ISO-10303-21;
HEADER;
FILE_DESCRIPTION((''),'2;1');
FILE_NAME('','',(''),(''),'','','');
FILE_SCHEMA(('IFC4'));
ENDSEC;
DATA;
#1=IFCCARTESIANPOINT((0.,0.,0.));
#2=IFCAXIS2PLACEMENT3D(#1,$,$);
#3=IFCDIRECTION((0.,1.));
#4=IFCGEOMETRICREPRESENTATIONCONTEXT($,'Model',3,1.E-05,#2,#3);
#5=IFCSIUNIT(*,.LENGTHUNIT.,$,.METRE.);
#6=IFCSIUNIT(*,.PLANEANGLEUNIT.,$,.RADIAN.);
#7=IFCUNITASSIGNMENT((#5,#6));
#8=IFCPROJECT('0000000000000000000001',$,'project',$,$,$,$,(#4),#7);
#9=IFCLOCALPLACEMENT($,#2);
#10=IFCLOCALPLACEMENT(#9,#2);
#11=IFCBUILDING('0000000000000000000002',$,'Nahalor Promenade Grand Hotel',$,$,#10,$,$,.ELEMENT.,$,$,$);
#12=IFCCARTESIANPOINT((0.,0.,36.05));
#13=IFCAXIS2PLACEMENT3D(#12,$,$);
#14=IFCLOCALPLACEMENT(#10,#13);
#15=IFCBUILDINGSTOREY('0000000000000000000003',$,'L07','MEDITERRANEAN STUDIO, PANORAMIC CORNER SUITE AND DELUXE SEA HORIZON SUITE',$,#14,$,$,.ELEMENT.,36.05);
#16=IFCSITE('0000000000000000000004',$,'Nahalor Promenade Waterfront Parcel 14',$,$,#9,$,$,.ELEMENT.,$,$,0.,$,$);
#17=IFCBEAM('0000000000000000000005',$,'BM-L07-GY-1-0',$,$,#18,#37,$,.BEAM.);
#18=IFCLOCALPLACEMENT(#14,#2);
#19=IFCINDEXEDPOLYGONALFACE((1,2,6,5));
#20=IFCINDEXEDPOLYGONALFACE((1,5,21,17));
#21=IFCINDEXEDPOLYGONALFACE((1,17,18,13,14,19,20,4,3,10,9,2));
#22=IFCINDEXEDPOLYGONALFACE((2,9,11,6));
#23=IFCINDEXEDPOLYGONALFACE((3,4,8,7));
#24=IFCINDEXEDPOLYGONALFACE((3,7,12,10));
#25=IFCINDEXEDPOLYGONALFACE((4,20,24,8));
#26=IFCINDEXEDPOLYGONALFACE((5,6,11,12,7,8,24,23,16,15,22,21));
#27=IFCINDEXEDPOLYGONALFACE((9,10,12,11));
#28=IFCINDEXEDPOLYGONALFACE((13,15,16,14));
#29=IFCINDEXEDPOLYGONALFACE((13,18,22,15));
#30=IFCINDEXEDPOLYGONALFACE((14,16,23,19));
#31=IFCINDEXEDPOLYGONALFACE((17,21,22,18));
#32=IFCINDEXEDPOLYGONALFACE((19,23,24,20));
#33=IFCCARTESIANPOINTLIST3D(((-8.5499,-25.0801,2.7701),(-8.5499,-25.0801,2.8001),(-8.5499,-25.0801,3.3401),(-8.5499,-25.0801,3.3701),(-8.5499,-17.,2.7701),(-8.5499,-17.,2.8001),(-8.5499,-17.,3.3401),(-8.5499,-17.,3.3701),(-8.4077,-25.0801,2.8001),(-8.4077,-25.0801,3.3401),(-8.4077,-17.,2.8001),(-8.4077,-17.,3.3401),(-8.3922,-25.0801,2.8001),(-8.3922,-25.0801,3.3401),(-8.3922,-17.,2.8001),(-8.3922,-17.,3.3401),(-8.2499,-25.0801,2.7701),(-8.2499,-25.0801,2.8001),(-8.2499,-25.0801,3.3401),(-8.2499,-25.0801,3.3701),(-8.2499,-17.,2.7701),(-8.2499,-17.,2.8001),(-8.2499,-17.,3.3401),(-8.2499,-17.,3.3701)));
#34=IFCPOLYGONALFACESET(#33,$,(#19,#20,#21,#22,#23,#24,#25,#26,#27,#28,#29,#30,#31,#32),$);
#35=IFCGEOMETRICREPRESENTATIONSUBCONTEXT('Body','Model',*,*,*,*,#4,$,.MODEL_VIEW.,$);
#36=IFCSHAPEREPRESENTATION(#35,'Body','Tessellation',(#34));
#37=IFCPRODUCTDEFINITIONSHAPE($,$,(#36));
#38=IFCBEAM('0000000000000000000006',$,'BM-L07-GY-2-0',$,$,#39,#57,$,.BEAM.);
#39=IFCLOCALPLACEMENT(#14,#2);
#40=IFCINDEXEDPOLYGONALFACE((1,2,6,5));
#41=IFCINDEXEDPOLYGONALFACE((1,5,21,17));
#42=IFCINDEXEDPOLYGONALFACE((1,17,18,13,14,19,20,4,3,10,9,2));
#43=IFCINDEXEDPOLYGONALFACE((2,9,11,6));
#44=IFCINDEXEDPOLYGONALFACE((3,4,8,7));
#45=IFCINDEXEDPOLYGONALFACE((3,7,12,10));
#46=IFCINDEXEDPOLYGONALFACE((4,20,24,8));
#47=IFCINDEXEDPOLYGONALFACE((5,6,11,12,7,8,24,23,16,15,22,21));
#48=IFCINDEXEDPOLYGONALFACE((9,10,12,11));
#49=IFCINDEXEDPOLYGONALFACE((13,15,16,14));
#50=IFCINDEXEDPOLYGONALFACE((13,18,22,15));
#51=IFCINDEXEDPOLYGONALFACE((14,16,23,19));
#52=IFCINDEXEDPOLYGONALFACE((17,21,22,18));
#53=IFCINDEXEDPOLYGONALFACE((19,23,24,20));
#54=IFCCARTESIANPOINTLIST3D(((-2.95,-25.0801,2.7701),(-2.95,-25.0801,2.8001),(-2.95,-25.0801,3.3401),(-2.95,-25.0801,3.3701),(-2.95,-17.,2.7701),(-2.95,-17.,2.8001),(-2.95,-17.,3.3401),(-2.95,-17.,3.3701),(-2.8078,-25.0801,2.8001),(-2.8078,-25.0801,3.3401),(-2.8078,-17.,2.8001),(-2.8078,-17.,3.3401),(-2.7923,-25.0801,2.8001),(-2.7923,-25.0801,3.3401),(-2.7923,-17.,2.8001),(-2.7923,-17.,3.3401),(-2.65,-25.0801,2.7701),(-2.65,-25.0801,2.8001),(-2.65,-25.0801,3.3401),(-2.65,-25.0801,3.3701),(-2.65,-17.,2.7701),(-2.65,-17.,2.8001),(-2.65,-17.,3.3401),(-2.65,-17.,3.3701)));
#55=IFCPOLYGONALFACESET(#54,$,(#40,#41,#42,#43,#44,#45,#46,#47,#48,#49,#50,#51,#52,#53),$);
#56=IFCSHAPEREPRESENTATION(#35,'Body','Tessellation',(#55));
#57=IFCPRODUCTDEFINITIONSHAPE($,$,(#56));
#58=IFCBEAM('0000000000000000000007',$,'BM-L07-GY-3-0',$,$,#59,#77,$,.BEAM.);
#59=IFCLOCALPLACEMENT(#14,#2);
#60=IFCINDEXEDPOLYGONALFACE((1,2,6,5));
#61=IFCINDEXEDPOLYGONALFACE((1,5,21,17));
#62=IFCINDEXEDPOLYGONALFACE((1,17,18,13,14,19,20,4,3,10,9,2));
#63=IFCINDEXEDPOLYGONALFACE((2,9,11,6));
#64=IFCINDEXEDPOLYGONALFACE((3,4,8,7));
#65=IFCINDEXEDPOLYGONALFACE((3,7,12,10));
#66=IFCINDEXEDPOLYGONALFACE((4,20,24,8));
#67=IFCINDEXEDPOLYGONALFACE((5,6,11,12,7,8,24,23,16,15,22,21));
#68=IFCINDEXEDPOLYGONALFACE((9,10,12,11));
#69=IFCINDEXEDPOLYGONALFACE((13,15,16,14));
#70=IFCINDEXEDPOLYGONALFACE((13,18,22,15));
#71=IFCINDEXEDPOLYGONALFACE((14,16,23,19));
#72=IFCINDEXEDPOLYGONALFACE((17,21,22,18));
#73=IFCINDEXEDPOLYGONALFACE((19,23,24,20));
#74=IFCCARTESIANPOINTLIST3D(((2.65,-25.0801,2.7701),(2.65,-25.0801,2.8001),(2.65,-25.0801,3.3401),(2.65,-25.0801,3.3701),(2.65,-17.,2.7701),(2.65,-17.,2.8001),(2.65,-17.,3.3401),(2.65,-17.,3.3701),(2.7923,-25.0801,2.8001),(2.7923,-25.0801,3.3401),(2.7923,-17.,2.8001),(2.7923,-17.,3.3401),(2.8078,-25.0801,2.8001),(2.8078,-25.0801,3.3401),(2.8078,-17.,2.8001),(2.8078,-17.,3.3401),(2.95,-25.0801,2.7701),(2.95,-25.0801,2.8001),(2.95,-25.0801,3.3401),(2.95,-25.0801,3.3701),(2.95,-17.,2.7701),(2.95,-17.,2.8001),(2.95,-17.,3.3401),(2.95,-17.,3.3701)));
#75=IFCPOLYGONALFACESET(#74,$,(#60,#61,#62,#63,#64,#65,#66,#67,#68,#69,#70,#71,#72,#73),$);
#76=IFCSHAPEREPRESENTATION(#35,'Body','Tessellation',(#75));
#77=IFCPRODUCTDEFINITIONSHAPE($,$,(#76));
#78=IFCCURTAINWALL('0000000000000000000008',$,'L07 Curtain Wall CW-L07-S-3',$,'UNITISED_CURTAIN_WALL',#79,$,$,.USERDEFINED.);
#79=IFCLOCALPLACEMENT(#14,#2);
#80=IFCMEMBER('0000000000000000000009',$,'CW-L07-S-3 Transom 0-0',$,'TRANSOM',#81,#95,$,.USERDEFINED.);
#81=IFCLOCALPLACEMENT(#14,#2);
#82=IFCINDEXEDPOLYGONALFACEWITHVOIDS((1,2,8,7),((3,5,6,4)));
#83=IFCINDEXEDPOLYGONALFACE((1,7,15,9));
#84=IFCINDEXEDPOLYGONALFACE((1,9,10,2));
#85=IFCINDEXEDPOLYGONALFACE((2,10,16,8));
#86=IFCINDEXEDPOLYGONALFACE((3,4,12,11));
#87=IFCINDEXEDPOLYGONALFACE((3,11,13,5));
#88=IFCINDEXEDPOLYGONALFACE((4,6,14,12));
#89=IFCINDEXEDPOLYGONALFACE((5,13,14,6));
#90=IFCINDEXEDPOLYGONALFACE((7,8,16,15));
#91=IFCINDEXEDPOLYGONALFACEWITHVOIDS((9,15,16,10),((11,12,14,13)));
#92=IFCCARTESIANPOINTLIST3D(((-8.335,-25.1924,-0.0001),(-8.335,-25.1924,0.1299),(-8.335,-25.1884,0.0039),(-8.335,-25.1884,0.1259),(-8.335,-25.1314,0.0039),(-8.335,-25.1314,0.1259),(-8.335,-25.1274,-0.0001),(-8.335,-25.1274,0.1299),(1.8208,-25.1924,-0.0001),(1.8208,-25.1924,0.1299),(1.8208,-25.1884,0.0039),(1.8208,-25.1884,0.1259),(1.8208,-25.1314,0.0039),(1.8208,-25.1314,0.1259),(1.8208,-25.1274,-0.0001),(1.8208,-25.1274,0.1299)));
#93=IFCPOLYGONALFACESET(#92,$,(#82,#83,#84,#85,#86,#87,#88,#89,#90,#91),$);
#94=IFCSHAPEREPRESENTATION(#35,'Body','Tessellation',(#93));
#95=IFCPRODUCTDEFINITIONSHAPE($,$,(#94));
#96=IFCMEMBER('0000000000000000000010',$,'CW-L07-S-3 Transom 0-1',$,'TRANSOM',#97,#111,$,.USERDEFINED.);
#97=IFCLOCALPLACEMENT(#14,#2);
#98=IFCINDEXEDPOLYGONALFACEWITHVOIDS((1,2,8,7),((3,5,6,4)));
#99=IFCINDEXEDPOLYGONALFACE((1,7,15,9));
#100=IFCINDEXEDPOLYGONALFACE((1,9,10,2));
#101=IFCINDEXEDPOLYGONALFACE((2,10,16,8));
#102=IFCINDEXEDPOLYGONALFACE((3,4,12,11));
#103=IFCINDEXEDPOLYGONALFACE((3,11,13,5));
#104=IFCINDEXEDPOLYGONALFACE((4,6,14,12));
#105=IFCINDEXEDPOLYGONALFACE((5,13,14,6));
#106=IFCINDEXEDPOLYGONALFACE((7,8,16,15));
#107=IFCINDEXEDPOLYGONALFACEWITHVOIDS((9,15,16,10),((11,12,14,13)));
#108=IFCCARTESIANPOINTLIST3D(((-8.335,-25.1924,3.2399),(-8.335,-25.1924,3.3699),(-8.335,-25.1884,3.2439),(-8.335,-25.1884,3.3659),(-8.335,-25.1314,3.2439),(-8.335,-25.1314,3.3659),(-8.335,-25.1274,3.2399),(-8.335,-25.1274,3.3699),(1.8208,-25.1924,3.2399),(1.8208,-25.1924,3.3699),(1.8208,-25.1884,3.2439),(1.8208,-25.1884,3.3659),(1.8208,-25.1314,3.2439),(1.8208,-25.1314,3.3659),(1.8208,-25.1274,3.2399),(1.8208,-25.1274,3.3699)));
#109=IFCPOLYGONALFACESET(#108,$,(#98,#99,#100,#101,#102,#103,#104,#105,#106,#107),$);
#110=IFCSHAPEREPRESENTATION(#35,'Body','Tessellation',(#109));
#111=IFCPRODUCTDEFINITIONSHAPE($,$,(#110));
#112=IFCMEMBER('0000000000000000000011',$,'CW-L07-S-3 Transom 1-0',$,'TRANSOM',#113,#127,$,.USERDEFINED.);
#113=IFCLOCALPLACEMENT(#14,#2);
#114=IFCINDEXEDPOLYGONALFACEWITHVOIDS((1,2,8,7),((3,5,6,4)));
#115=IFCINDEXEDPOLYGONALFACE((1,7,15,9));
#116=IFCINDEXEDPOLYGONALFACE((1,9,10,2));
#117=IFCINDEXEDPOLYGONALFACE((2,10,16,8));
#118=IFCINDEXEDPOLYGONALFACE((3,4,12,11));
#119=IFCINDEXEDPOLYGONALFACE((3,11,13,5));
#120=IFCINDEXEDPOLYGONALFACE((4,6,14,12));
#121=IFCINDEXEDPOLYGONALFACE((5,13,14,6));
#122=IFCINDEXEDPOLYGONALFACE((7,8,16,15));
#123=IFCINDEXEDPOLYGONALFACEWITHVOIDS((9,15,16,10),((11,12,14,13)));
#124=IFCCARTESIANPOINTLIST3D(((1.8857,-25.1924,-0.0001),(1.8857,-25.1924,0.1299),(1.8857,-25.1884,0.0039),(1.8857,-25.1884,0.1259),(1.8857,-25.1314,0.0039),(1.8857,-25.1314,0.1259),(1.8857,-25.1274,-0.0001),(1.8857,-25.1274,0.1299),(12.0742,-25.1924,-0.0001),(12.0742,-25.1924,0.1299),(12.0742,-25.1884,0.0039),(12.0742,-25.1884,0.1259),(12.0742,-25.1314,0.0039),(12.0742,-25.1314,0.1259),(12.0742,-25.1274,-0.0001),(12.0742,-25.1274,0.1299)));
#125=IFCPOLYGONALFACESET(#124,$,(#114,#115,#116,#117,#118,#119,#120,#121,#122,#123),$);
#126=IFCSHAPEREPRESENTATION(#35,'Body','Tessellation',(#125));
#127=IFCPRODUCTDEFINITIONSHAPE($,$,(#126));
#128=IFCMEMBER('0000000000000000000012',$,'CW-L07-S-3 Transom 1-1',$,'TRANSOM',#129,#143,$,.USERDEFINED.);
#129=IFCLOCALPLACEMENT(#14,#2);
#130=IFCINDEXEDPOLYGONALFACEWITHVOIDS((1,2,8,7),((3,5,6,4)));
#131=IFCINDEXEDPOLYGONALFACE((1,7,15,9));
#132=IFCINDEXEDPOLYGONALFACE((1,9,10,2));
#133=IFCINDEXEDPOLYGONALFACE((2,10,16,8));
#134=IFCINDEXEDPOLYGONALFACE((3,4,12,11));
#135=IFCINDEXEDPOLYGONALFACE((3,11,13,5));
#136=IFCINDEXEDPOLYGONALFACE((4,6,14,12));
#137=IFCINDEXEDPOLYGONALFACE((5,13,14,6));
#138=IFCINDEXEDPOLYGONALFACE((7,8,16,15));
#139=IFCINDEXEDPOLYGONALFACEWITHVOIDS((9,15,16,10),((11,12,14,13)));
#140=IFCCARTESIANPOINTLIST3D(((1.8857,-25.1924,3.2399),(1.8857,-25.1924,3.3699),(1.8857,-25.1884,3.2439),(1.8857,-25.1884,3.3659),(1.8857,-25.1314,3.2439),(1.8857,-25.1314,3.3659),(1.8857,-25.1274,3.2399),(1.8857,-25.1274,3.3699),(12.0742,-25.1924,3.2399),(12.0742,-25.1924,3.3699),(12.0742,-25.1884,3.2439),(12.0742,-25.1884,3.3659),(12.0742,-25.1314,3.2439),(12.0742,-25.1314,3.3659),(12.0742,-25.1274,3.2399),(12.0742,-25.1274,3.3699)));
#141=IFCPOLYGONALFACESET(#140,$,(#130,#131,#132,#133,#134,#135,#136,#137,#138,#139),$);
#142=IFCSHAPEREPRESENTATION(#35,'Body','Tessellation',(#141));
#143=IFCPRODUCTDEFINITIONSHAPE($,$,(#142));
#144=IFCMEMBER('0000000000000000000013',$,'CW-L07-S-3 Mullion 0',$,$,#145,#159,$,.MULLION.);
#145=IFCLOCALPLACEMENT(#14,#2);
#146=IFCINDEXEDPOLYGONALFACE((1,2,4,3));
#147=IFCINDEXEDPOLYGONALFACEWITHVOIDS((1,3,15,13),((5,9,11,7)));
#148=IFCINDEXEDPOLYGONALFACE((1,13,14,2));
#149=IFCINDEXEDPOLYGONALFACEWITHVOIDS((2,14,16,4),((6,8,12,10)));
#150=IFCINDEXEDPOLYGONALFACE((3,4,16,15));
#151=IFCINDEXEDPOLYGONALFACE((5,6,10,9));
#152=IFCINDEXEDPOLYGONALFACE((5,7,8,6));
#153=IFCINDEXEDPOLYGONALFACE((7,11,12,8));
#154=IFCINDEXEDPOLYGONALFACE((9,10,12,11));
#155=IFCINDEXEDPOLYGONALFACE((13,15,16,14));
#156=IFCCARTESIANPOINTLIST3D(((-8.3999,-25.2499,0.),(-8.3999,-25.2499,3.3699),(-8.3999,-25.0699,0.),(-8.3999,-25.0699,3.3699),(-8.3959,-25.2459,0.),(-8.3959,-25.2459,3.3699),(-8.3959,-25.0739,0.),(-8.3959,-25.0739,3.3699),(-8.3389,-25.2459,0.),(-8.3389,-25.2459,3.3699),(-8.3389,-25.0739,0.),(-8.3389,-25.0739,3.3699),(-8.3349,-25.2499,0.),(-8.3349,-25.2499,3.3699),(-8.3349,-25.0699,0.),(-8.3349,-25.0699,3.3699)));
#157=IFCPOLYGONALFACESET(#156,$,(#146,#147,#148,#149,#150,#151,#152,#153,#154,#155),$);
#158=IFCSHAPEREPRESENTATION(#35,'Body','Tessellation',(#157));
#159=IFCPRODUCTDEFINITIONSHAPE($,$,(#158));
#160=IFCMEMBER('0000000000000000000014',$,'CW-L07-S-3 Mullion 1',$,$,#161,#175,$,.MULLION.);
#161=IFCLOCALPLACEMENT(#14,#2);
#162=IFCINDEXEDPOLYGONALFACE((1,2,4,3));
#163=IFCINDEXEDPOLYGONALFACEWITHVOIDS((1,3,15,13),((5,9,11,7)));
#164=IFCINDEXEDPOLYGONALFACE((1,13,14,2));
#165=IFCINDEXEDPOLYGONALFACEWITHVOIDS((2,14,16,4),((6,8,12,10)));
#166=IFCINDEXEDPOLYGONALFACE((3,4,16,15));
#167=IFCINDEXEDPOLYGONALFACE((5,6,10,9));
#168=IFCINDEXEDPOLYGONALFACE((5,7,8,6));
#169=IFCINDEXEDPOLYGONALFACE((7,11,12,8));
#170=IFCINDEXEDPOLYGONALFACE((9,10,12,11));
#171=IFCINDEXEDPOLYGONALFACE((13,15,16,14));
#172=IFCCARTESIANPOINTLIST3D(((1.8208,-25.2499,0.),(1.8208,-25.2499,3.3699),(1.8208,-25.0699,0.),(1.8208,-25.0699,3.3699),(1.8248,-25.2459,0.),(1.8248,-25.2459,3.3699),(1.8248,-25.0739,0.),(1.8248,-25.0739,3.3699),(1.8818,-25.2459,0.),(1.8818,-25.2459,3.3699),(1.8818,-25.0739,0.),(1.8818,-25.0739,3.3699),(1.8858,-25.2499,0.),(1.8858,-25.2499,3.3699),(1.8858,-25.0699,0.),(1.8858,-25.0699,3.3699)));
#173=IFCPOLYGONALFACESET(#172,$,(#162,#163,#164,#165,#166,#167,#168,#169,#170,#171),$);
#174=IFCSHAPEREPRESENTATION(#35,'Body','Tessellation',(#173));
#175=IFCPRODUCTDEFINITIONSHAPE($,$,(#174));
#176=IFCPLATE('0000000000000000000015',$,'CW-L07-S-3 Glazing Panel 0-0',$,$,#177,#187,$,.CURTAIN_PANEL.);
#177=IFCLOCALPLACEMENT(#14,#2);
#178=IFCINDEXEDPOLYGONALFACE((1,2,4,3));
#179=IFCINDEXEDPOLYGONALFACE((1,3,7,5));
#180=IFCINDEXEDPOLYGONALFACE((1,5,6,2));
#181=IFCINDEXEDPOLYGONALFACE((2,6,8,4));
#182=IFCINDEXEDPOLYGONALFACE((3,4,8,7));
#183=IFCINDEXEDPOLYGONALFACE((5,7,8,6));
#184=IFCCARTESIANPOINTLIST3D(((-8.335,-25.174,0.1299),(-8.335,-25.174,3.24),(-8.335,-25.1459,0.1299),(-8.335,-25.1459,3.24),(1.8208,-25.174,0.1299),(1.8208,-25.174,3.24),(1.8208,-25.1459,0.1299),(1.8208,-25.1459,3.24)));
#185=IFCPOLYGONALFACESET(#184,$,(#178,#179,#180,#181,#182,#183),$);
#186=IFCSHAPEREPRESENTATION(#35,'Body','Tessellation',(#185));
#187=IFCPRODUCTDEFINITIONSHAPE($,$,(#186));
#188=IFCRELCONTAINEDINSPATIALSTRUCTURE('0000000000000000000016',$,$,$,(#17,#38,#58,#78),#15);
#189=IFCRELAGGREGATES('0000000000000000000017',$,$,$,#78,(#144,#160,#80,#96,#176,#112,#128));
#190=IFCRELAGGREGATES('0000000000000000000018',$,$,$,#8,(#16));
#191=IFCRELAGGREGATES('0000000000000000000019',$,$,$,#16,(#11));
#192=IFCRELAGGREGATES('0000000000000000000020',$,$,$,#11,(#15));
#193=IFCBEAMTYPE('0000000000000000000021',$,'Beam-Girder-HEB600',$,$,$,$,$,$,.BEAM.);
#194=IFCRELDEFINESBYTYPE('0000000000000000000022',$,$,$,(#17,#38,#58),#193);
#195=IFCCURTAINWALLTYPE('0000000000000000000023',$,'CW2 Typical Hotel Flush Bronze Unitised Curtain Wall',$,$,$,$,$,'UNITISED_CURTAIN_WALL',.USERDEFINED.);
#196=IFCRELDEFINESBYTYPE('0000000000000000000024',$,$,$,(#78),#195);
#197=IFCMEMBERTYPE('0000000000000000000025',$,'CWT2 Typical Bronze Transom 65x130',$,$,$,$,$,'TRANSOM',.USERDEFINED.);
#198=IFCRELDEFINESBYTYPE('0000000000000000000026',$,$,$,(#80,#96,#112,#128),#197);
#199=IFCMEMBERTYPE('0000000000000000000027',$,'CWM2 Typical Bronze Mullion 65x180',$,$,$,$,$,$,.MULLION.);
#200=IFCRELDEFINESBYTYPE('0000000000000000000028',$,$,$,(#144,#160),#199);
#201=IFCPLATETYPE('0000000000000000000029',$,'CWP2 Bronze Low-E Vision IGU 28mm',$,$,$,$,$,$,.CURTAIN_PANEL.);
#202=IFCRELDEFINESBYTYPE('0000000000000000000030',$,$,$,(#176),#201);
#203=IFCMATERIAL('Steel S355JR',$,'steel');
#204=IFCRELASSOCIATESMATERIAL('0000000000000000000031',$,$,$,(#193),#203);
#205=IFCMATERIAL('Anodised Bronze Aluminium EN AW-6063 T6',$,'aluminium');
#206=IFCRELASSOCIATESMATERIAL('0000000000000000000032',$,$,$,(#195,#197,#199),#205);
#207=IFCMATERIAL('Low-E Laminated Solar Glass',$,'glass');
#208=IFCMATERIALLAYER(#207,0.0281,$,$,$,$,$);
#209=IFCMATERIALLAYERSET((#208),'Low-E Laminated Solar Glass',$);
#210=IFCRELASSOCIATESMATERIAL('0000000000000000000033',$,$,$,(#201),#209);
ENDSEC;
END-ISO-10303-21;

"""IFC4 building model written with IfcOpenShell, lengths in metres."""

from ifc_helpers import new_model, si_unit, direction, frame, origin, origin_2d, place, context, subcontext, project, spatial, rectangle, hollow_rectangle, i_section, extrude, source, transform, mapped, material, layer, layer_set, material_profile, profile_set, type_object, element, aggregate, save


model = new_model("IFC4")

# Units and contexts
model_context = context("Model", 3, precision=1e-05, world=origin(), true_north=direction((0.0, 1.0)))
body_context = subcontext(model_context, "Body", "Model", "MODEL_VIEW")
ifc_project = project(units=[si_unit("LENGTHUNIT", "METRE"), si_unit("PLANEANGLEUNIT", "RADIAN")], contexts=[model_context])

# Site, building, storey
site_placement = place(None, origin())
site = spatial("IfcSite", under=ifc_project, at=site_placement, Name="Nahalor Promenade Waterfront Parcel 14", CompositionType="ELEMENT", RefElevation=0.0)
building_placement = place(site_placement, origin())
building = spatial("IfcBuilding", under=site, at=building_placement, Name="Nahalor Promenade Grand Hotel", CompositionType="ELEMENT")
storey_placement = place(building_placement, frame((0.0, 0.0, 36.05)))
storey = spatial("IfcBuildingStorey", under=building, at=storey_placement, Name="L07", Description="MEDITERRANEAN STUDIO, PANORAMIC CORNER SUITE AND DELUXE SEA HORIZON SUITE", CompositionType="ELEMENT", Elevation=36.05)

# Beams
ifc_material_1 = material(Name="Steel S355JR", Category="steel")
ifc_material_profile_1 = material_profile(ifc_material_1, i_section(OverallWidth=0.3, OverallDepth=0.6, WebThickness=0.0155, FlangeThickness=0.03, at=origin_2d()), Name="HEB 600")
ifc_profile_set_1 = profile_set([ifc_material_profile_1], Name="Steel S355JR")
beam_type_1 = type_object("IfcBeamType", Name="Beam-Girder-HEB600", PredefinedType="BEAM", material=ifc_profile_set_1)
shared_shape_1 = source(origin(), body_context, "Body", "SweptSolid", [
    extrude(i_section(OverallWidth=0.3, OverallDepth=0.6, WebThickness=0.0155, FlangeThickness=0.03, at=origin_2d()), origin(), (0.0, 0.0, 1.0), 8.0801),
])
for number, where, z_axis, x_axis, name in (
    (1, (-8.3999, -25.0801, 3.0701), (0.0, 1.0, 0.0), (-1.0, 0.0, 0.0), "BM-L07-GY-1-0"),
    (2, (-2.8, -25.0801, 3.0701), (0.0, 1.0, 0.0), (-1.0, 0.0, 0.0), "BM-L07-GY-2-0"),
    (3, (2.8, -25.0801, 3.0701), (0.0, 1.0, 0.0), (-1.0, 0.0, 0.0), "BM-L07-GY-3-0"),
):
    element("IfcBeam", number, at=place(storey_placement, frame(where, z_axis=z_axis, x_axis=x_axis)), inside=storey, type_object=beam_type_1, Name=name, PredefinedType="BEAM", context=body_context, shape_type="MappedRepresentation", body=[
        mapped(shared_shape_1, transform((0.0, 0.0, 0.0), scale=1.0)),
    ])

# Curtain wall, members, plate
ifc_material_2 = material(Name="Anodised Bronze Aluminium EN AW-6063 T6", Category="aluminium")
curtain_wall_type = type_object("IfcCurtainWallType", Name="CW2 Typical Hotel Flush Bronze Unitised Curtain Wall", ElementType="UNITISED_CURTAIN_WALL", PredefinedType="USERDEFINED", material=ifc_material_2)
curtain_wall_placement = place(storey_placement, origin())
curtain_wall = element("IfcCurtainWall", 4, at=curtain_wall_placement, inside=storey, type_object=curtain_wall_type, Name="L07 Curtain Wall CW-L07-S-3", ObjectType="UNITISED_CURTAIN_WALL", PredefinedType="USERDEFINED")
ifc_material_profile_2 = material_profile(ifc_material_2, hollow_rectangle(XDim=0.065, YDim=0.13, WallThickness=0.004, at=origin_2d()), Name="CWT 65x130x4")
ifc_profile_set_2 = profile_set([ifc_material_profile_2], Name="Anodised Bronze Aluminium EN AW-6063 T6")
member_type_1 = type_object("IfcMemberType", Name="CWT2 Typical Bronze Transom 65x130", ElementType="TRANSOM", PredefinedType="USERDEFINED", material=ifc_profile_set_2)
shared_shape_2 = source(origin(), body_context, "Body", "SweptSolid", [
    extrude(hollow_rectangle(XDim=0.065, YDim=0.13, WallThickness=0.004, at=origin_2d()), origin(), (0.0, 0.0, 1.0), 10.1558),
])
member_1_placement = place(storey_placement, frame((-8.335, -25.1599, 0.0649), z_axis=(1.0, 0.0, 0.0), x_axis=(0.0, 1.0, 0.0)))
member_1 = element("IfcMember", 5, at=member_1_placement, type_object=member_type_1, Name="CW-L07-S-3 Transom 0-0", ObjectType="TRANSOM", PredefinedType="USERDEFINED", context=body_context, shape_type="MappedRepresentation", body=[
    mapped(shared_shape_2, transform((0.0, 0.0, 0.0), scale=1.0)),
])
member_2_placement = place(storey_placement, frame((-8.335, -25.1599, 3.3049), z_axis=(1.0, 0.0, 0.0), x_axis=(0.0, 1.0, 0.0)))
member_2 = element("IfcMember", 6, at=member_2_placement, type_object=member_type_1, Name="CW-L07-S-3 Transom 0-1", ObjectType="TRANSOM", PredefinedType="USERDEFINED", context=body_context, shape_type="MappedRepresentation", body=[
    mapped(shared_shape_2, transform((0.0, 0.0, 0.0), scale=1.0)),
])
shared_shape_3 = source(origin(), body_context, "Body", "SweptSolid", [
    extrude(hollow_rectangle(XDim=0.065, YDim=0.13, WallThickness=0.004, at=origin_2d()), origin(), (0.0, 0.0, 1.0), 10.1885),
])
member_3_placement = place(storey_placement, frame((1.8857, -25.1599, 0.0649), z_axis=(1.0, 0.0, 0.0), x_axis=(0.0, 1.0, 0.0)))
member_3 = element("IfcMember", 7, at=member_3_placement, type_object=member_type_1, Name="CW-L07-S-3 Transom 1-0", ObjectType="TRANSOM", PredefinedType="USERDEFINED", context=body_context, shape_type="MappedRepresentation", body=[
    mapped(shared_shape_3, transform((0.0, 0.0, 0.0), scale=1.0)),
])
member_4_placement = place(storey_placement, frame((1.8857, -25.1599, 3.3049), z_axis=(1.0, 0.0, 0.0), x_axis=(0.0, 1.0, 0.0)))
member_4 = element("IfcMember", 8, at=member_4_placement, type_object=member_type_1, Name="CW-L07-S-3 Transom 1-1", ObjectType="TRANSOM", PredefinedType="USERDEFINED", context=body_context, shape_type="MappedRepresentation", body=[
    mapped(shared_shape_3, transform((0.0, 0.0, 0.0), scale=1.0)),
])
ifc_material_profile_3 = material_profile(ifc_material_2, hollow_rectangle(XDim=0.065, YDim=0.18, WallThickness=0.004, at=origin_2d()), Name="CWM 65x180x4")
ifc_profile_set_3 = profile_set([ifc_material_profile_3], Name="Anodised Bronze Aluminium EN AW-6063 T6")
member_type_2 = type_object("IfcMemberType", Name="CWM2 Typical Bronze Mullion 65x180", PredefinedType="MULLION", material=ifc_profile_set_3)
shared_shape_4 = source(origin(), body_context, "Body", "SweptSolid", [
    extrude(hollow_rectangle(XDim=0.065, YDim=0.18, WallThickness=0.004, at=origin_2d()), origin(), (0.0, 0.0, 1.0), 3.3699),
])
member_5_placement = place(storey_placement, frame((-8.3674, -25.1599, 0.0), z_axis=(0.0, 0.0, 1.0), x_axis=(1.0, 0.0, 0.0)))
member_5 = element("IfcMember", 9, at=member_5_placement, type_object=member_type_2, Name="CW-L07-S-3 Mullion 0", PredefinedType="MULLION", context=body_context, shape_type="MappedRepresentation", body=[
    mapped(shared_shape_4, transform((0.0, 0.0, 0.0), scale=1.0)),
])
member_6_placement = place(storey_placement, frame((1.8533, -25.1599, 0.0), z_axis=(0.0, 0.0, 1.0), x_axis=(1.0, 0.0, 0.0)))
member_6 = element("IfcMember", 10, at=member_6_placement, type_object=member_type_2, Name="CW-L07-S-3 Mullion 1", PredefinedType="MULLION", context=body_context, shape_type="MappedRepresentation", body=[
    mapped(shared_shape_4, transform((0.0, 0.0, 0.0), scale=1.0)),
])
ifc_material_3 = material(Name="Low-E Laminated Solar Glass", Category="glass")
ifc_layer_1 = layer(ifc_material_3, 0.0281)
ifc_layer_set_1 = layer_set([ifc_layer_1], Name="Low-E Laminated Solar Glass")
plate_type = type_object("IfcPlateType", Name="CWP2 Bronze Low-E Vision IGU 28mm", PredefinedType="CURTAIN_PANEL", material=ifc_layer_set_1)
shared_shape_5 = source(origin(), body_context, "Body", "SweptSolid", [
    extrude(rectangle(XDim=10.1558, YDim=0.0281, at=origin_2d()), origin(), (0.0, 0.0, 1.0), 3.1101),
])
plate_placement = place(storey_placement, frame((-3.2571, -25.1599, 0.1299), z_axis=(0.0, 0.0, 1.0), x_axis=(1.0, 0.0, 0.0)))
plate = element("IfcPlate", 11, at=plate_placement, type_object=plate_type, Name="CW-L07-S-3 Glazing Panel 0-0", PredefinedType="CURTAIN_PANEL", context=body_context, shape_type="MappedRepresentation", body=[
    mapped(shared_shape_5, transform((0.0, 0.0, 0.0), scale=1.0)),
])
aggregate(curtain_wall, [member_5, member_6, member_1, member_2, plate, member_3, member_4])

save(model, "model.ifc")
